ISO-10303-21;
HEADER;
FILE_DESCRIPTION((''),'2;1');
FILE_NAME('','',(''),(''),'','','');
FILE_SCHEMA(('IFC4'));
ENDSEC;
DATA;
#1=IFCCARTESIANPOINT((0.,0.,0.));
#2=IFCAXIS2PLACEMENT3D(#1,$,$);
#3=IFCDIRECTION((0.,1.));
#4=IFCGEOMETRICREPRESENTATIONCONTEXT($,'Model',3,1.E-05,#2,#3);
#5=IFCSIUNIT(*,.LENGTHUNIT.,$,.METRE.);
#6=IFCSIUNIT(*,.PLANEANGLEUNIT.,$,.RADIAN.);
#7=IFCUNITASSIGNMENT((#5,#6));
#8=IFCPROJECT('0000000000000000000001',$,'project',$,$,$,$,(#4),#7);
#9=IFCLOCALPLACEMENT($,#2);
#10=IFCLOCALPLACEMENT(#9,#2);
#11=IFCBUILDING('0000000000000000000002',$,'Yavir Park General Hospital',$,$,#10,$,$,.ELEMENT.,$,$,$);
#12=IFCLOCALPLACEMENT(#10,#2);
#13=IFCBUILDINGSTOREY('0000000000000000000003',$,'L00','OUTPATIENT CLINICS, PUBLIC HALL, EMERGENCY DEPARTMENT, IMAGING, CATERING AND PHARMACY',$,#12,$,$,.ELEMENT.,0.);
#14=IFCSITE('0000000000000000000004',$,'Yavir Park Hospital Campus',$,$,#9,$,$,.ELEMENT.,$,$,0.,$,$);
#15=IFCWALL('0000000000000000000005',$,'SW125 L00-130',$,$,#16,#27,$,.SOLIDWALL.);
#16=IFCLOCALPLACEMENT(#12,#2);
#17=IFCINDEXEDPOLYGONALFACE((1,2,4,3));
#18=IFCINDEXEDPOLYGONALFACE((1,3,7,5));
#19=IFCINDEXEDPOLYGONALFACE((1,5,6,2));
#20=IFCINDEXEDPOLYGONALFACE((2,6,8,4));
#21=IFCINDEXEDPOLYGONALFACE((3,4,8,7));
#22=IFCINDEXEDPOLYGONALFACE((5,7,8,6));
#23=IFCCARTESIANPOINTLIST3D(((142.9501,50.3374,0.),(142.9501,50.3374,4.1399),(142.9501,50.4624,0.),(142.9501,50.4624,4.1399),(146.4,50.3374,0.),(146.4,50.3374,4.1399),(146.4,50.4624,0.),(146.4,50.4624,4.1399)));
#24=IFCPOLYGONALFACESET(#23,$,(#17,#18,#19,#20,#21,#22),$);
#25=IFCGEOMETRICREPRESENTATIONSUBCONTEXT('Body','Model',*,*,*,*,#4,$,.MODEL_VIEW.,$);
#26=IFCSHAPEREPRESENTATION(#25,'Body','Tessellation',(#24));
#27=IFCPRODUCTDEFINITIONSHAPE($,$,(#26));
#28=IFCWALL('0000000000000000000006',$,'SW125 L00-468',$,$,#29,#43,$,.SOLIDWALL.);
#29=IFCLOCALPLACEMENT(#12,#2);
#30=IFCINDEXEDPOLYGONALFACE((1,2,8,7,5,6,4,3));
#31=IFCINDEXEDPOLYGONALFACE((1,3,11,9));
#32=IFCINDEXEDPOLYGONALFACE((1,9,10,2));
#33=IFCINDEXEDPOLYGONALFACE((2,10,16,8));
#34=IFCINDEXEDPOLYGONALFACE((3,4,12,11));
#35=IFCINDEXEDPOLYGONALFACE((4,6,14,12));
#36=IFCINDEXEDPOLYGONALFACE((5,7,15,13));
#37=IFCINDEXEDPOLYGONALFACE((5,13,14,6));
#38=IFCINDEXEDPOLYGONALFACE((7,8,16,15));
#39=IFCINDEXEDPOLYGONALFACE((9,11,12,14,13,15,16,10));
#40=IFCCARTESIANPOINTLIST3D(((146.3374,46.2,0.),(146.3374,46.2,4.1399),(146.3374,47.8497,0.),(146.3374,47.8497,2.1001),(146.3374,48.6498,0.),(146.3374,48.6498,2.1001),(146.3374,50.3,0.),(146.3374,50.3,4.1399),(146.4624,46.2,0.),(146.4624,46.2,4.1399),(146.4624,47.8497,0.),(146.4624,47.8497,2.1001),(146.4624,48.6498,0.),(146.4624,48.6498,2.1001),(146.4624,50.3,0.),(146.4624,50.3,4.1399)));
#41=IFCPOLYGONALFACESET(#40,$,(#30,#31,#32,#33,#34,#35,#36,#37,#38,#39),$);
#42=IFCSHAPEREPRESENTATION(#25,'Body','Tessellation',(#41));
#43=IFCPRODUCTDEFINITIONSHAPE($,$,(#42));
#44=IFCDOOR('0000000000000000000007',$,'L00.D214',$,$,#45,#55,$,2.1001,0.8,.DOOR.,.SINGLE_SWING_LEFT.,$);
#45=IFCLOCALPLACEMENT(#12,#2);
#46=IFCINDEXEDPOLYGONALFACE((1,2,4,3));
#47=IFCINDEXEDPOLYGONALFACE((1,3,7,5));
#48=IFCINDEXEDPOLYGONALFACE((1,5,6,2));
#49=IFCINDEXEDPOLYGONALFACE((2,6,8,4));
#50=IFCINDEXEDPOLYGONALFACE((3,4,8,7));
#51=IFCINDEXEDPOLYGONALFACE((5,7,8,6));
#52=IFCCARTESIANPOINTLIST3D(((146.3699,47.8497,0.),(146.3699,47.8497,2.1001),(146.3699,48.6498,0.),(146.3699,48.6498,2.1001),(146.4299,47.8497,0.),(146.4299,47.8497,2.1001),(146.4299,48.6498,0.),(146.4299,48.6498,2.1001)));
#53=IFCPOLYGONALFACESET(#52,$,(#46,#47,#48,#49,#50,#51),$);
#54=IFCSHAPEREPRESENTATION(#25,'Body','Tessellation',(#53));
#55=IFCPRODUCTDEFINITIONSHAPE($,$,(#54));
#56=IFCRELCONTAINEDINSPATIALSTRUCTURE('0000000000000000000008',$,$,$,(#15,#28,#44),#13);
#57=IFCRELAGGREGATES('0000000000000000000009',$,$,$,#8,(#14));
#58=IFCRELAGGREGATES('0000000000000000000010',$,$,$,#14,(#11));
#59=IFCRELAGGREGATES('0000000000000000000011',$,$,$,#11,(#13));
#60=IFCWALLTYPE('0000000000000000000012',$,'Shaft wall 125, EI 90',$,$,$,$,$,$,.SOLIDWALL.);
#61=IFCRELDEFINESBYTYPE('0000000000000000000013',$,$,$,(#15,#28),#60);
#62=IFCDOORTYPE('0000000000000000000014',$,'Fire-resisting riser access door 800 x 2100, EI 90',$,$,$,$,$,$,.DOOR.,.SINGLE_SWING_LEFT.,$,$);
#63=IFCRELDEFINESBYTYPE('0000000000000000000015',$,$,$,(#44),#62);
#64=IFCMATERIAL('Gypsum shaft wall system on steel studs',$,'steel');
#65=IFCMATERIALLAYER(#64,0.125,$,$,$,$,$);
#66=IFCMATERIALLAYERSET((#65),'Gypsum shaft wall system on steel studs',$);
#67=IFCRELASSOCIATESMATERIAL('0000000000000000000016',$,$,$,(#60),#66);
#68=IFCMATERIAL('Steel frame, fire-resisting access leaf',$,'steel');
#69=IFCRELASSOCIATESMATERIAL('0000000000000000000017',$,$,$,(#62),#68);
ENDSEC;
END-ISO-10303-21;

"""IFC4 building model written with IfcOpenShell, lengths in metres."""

from ifc_helpers import new_model, si_unit, direction, frame, frame_2d, origin, place, context, subcontext, project, spatial, rectangle, extrude, material, layer, layer_set, type_object, element, fill, save


model = new_model("IFC4")

# Units and contexts
model_context = context("Model", 3, precision=1e-05, world=origin(), true_north=direction((0.0, 1.0)))
body_context = subcontext(model_context, "Body", "Model", "MODEL_VIEW")
ifc_project = project(units=[si_unit("LENGTHUNIT", "METRE"), si_unit("PLANEANGLEUNIT", "RADIAN")], contexts=[model_context])

# Site, building, storey
site_placement = place(None, origin())
site = spatial("IfcSite", under=ifc_project, at=site_placement, Name="Yavir Park Hospital Campus", CompositionType="ELEMENT", RefElevation=0.0)
building_placement = place(site_placement, origin())
building = spatial("IfcBuilding", under=site, at=building_placement, Name="Yavir Park General Hospital", CompositionType="ELEMENT")
storey_placement = place(building_placement, origin())
storey = spatial("IfcBuildingStorey", under=building, at=storey_placement, Name="L00", Description="OUTPATIENT CLINICS, PUBLIC HALL, EMERGENCY DEPARTMENT, IMAGING, CATERING AND PHARMACY", CompositionType="ELEMENT", Elevation=0.0)

# Wall
ifc_material_1 = material(Name="Gypsum shaft wall system on steel studs", Category="steel")
ifc_layer_1 = layer(ifc_material_1, 0.125)
ifc_layer_set_1 = layer_set([ifc_layer_1], Name="Gypsum shaft wall system on steel studs")
wall_type_1 = type_object("IfcWallType", Name="Shaft wall 125, EI 90", PredefinedType="SOLIDWALL", material=ifc_layer_set_1)
wall_1_placement = place(storey_placement, frame((142.95, 50.3999, 0.0), z_axis=(0.0, 0.0, 1.0), x_axis=(1.0, 0.0, 0.0)))
element("IfcWall", 1, at=wall_1_placement, inside=storey, type_object=wall_type_1, Name="SW125 L00-130", PredefinedType="SOLIDWALL", context=body_context, shape_type="SweptSolid", body=[
    extrude(rectangle(XDim=3.45, YDim=0.125, at=frame_2d((1.7251, 0.0))), origin(), (0.0, 0.0, 1.0), 4.1399),
])

# Wall, opening, door
wall_2_placement = place(storey_placement, frame((146.3999, 46.2, 0.0), z_axis=(0.0, 0.0, 1.0), x_axis=(0.0, 1.0, 0.0)))
wall_2 = element("IfcWall", 2, at=wall_2_placement, inside=storey, type_object=wall_type_1, Name="SW125 L00-468", PredefinedType="SOLIDWALL", context=body_context, shape_type="SweptSolid", body=[
    extrude(rectangle(XDim=4.1001, YDim=0.125, at=frame_2d((2.05, 0.0))), origin(), (0.0, 0.0, 1.0), 4.1399),
])
opening_placement = place(wall_2_placement, frame((1.6499, 0.0, 0.0)))
opening = element("IfcOpeningElement", 3, at=opening_placement, cuts=wall_2, PredefinedType="OPENING", context=body_context, shape_type="SweptSolid", body=[
    extrude(rectangle(XDim=0.8, YDim=2.1001, at=frame_2d((0.3999, 1.05))), frame((0.0, 0.0725, 0.0), z_axis=(0.0, -1.0, 0.0), x_axis=(1.0, 0.0, 0.0)), (0.0, 0.0, 1.0), 0.145),
])
ifc_material_2 = material(Name="Steel frame, fire-resisting access leaf", Category="steel")
door_type = type_object("IfcDoorType", Name="Fire-resisting riser access door 800 x 2100, EI 90", OperationType="SINGLE_SWING_LEFT", PredefinedType="DOOR", material=ifc_material_2)
door_placement = place(opening_placement, origin())
door = element("IfcDoor", 4, at=door_placement, inside=storey, type_object=door_type, Name="L00.D214", OperationType="SINGLE_SWING_LEFT", OverallHeight=2.1001, OverallWidth=0.8, PredefinedType="DOOR", context=body_context, shape_type="SweptSolid", body=[
    extrude(rectangle(XDim=0.8, YDim=2.1001, at=frame_2d((0.3999, 1.05))), frame((0.0, 0.03, 0.0), z_axis=(0.0, -1.0, 0.0), x_axis=(1.0, 0.0, 0.0)), (0.0, 0.0, 1.0), 0.0601),
])
fill(opening, door)

save(model, "model.ifc")
